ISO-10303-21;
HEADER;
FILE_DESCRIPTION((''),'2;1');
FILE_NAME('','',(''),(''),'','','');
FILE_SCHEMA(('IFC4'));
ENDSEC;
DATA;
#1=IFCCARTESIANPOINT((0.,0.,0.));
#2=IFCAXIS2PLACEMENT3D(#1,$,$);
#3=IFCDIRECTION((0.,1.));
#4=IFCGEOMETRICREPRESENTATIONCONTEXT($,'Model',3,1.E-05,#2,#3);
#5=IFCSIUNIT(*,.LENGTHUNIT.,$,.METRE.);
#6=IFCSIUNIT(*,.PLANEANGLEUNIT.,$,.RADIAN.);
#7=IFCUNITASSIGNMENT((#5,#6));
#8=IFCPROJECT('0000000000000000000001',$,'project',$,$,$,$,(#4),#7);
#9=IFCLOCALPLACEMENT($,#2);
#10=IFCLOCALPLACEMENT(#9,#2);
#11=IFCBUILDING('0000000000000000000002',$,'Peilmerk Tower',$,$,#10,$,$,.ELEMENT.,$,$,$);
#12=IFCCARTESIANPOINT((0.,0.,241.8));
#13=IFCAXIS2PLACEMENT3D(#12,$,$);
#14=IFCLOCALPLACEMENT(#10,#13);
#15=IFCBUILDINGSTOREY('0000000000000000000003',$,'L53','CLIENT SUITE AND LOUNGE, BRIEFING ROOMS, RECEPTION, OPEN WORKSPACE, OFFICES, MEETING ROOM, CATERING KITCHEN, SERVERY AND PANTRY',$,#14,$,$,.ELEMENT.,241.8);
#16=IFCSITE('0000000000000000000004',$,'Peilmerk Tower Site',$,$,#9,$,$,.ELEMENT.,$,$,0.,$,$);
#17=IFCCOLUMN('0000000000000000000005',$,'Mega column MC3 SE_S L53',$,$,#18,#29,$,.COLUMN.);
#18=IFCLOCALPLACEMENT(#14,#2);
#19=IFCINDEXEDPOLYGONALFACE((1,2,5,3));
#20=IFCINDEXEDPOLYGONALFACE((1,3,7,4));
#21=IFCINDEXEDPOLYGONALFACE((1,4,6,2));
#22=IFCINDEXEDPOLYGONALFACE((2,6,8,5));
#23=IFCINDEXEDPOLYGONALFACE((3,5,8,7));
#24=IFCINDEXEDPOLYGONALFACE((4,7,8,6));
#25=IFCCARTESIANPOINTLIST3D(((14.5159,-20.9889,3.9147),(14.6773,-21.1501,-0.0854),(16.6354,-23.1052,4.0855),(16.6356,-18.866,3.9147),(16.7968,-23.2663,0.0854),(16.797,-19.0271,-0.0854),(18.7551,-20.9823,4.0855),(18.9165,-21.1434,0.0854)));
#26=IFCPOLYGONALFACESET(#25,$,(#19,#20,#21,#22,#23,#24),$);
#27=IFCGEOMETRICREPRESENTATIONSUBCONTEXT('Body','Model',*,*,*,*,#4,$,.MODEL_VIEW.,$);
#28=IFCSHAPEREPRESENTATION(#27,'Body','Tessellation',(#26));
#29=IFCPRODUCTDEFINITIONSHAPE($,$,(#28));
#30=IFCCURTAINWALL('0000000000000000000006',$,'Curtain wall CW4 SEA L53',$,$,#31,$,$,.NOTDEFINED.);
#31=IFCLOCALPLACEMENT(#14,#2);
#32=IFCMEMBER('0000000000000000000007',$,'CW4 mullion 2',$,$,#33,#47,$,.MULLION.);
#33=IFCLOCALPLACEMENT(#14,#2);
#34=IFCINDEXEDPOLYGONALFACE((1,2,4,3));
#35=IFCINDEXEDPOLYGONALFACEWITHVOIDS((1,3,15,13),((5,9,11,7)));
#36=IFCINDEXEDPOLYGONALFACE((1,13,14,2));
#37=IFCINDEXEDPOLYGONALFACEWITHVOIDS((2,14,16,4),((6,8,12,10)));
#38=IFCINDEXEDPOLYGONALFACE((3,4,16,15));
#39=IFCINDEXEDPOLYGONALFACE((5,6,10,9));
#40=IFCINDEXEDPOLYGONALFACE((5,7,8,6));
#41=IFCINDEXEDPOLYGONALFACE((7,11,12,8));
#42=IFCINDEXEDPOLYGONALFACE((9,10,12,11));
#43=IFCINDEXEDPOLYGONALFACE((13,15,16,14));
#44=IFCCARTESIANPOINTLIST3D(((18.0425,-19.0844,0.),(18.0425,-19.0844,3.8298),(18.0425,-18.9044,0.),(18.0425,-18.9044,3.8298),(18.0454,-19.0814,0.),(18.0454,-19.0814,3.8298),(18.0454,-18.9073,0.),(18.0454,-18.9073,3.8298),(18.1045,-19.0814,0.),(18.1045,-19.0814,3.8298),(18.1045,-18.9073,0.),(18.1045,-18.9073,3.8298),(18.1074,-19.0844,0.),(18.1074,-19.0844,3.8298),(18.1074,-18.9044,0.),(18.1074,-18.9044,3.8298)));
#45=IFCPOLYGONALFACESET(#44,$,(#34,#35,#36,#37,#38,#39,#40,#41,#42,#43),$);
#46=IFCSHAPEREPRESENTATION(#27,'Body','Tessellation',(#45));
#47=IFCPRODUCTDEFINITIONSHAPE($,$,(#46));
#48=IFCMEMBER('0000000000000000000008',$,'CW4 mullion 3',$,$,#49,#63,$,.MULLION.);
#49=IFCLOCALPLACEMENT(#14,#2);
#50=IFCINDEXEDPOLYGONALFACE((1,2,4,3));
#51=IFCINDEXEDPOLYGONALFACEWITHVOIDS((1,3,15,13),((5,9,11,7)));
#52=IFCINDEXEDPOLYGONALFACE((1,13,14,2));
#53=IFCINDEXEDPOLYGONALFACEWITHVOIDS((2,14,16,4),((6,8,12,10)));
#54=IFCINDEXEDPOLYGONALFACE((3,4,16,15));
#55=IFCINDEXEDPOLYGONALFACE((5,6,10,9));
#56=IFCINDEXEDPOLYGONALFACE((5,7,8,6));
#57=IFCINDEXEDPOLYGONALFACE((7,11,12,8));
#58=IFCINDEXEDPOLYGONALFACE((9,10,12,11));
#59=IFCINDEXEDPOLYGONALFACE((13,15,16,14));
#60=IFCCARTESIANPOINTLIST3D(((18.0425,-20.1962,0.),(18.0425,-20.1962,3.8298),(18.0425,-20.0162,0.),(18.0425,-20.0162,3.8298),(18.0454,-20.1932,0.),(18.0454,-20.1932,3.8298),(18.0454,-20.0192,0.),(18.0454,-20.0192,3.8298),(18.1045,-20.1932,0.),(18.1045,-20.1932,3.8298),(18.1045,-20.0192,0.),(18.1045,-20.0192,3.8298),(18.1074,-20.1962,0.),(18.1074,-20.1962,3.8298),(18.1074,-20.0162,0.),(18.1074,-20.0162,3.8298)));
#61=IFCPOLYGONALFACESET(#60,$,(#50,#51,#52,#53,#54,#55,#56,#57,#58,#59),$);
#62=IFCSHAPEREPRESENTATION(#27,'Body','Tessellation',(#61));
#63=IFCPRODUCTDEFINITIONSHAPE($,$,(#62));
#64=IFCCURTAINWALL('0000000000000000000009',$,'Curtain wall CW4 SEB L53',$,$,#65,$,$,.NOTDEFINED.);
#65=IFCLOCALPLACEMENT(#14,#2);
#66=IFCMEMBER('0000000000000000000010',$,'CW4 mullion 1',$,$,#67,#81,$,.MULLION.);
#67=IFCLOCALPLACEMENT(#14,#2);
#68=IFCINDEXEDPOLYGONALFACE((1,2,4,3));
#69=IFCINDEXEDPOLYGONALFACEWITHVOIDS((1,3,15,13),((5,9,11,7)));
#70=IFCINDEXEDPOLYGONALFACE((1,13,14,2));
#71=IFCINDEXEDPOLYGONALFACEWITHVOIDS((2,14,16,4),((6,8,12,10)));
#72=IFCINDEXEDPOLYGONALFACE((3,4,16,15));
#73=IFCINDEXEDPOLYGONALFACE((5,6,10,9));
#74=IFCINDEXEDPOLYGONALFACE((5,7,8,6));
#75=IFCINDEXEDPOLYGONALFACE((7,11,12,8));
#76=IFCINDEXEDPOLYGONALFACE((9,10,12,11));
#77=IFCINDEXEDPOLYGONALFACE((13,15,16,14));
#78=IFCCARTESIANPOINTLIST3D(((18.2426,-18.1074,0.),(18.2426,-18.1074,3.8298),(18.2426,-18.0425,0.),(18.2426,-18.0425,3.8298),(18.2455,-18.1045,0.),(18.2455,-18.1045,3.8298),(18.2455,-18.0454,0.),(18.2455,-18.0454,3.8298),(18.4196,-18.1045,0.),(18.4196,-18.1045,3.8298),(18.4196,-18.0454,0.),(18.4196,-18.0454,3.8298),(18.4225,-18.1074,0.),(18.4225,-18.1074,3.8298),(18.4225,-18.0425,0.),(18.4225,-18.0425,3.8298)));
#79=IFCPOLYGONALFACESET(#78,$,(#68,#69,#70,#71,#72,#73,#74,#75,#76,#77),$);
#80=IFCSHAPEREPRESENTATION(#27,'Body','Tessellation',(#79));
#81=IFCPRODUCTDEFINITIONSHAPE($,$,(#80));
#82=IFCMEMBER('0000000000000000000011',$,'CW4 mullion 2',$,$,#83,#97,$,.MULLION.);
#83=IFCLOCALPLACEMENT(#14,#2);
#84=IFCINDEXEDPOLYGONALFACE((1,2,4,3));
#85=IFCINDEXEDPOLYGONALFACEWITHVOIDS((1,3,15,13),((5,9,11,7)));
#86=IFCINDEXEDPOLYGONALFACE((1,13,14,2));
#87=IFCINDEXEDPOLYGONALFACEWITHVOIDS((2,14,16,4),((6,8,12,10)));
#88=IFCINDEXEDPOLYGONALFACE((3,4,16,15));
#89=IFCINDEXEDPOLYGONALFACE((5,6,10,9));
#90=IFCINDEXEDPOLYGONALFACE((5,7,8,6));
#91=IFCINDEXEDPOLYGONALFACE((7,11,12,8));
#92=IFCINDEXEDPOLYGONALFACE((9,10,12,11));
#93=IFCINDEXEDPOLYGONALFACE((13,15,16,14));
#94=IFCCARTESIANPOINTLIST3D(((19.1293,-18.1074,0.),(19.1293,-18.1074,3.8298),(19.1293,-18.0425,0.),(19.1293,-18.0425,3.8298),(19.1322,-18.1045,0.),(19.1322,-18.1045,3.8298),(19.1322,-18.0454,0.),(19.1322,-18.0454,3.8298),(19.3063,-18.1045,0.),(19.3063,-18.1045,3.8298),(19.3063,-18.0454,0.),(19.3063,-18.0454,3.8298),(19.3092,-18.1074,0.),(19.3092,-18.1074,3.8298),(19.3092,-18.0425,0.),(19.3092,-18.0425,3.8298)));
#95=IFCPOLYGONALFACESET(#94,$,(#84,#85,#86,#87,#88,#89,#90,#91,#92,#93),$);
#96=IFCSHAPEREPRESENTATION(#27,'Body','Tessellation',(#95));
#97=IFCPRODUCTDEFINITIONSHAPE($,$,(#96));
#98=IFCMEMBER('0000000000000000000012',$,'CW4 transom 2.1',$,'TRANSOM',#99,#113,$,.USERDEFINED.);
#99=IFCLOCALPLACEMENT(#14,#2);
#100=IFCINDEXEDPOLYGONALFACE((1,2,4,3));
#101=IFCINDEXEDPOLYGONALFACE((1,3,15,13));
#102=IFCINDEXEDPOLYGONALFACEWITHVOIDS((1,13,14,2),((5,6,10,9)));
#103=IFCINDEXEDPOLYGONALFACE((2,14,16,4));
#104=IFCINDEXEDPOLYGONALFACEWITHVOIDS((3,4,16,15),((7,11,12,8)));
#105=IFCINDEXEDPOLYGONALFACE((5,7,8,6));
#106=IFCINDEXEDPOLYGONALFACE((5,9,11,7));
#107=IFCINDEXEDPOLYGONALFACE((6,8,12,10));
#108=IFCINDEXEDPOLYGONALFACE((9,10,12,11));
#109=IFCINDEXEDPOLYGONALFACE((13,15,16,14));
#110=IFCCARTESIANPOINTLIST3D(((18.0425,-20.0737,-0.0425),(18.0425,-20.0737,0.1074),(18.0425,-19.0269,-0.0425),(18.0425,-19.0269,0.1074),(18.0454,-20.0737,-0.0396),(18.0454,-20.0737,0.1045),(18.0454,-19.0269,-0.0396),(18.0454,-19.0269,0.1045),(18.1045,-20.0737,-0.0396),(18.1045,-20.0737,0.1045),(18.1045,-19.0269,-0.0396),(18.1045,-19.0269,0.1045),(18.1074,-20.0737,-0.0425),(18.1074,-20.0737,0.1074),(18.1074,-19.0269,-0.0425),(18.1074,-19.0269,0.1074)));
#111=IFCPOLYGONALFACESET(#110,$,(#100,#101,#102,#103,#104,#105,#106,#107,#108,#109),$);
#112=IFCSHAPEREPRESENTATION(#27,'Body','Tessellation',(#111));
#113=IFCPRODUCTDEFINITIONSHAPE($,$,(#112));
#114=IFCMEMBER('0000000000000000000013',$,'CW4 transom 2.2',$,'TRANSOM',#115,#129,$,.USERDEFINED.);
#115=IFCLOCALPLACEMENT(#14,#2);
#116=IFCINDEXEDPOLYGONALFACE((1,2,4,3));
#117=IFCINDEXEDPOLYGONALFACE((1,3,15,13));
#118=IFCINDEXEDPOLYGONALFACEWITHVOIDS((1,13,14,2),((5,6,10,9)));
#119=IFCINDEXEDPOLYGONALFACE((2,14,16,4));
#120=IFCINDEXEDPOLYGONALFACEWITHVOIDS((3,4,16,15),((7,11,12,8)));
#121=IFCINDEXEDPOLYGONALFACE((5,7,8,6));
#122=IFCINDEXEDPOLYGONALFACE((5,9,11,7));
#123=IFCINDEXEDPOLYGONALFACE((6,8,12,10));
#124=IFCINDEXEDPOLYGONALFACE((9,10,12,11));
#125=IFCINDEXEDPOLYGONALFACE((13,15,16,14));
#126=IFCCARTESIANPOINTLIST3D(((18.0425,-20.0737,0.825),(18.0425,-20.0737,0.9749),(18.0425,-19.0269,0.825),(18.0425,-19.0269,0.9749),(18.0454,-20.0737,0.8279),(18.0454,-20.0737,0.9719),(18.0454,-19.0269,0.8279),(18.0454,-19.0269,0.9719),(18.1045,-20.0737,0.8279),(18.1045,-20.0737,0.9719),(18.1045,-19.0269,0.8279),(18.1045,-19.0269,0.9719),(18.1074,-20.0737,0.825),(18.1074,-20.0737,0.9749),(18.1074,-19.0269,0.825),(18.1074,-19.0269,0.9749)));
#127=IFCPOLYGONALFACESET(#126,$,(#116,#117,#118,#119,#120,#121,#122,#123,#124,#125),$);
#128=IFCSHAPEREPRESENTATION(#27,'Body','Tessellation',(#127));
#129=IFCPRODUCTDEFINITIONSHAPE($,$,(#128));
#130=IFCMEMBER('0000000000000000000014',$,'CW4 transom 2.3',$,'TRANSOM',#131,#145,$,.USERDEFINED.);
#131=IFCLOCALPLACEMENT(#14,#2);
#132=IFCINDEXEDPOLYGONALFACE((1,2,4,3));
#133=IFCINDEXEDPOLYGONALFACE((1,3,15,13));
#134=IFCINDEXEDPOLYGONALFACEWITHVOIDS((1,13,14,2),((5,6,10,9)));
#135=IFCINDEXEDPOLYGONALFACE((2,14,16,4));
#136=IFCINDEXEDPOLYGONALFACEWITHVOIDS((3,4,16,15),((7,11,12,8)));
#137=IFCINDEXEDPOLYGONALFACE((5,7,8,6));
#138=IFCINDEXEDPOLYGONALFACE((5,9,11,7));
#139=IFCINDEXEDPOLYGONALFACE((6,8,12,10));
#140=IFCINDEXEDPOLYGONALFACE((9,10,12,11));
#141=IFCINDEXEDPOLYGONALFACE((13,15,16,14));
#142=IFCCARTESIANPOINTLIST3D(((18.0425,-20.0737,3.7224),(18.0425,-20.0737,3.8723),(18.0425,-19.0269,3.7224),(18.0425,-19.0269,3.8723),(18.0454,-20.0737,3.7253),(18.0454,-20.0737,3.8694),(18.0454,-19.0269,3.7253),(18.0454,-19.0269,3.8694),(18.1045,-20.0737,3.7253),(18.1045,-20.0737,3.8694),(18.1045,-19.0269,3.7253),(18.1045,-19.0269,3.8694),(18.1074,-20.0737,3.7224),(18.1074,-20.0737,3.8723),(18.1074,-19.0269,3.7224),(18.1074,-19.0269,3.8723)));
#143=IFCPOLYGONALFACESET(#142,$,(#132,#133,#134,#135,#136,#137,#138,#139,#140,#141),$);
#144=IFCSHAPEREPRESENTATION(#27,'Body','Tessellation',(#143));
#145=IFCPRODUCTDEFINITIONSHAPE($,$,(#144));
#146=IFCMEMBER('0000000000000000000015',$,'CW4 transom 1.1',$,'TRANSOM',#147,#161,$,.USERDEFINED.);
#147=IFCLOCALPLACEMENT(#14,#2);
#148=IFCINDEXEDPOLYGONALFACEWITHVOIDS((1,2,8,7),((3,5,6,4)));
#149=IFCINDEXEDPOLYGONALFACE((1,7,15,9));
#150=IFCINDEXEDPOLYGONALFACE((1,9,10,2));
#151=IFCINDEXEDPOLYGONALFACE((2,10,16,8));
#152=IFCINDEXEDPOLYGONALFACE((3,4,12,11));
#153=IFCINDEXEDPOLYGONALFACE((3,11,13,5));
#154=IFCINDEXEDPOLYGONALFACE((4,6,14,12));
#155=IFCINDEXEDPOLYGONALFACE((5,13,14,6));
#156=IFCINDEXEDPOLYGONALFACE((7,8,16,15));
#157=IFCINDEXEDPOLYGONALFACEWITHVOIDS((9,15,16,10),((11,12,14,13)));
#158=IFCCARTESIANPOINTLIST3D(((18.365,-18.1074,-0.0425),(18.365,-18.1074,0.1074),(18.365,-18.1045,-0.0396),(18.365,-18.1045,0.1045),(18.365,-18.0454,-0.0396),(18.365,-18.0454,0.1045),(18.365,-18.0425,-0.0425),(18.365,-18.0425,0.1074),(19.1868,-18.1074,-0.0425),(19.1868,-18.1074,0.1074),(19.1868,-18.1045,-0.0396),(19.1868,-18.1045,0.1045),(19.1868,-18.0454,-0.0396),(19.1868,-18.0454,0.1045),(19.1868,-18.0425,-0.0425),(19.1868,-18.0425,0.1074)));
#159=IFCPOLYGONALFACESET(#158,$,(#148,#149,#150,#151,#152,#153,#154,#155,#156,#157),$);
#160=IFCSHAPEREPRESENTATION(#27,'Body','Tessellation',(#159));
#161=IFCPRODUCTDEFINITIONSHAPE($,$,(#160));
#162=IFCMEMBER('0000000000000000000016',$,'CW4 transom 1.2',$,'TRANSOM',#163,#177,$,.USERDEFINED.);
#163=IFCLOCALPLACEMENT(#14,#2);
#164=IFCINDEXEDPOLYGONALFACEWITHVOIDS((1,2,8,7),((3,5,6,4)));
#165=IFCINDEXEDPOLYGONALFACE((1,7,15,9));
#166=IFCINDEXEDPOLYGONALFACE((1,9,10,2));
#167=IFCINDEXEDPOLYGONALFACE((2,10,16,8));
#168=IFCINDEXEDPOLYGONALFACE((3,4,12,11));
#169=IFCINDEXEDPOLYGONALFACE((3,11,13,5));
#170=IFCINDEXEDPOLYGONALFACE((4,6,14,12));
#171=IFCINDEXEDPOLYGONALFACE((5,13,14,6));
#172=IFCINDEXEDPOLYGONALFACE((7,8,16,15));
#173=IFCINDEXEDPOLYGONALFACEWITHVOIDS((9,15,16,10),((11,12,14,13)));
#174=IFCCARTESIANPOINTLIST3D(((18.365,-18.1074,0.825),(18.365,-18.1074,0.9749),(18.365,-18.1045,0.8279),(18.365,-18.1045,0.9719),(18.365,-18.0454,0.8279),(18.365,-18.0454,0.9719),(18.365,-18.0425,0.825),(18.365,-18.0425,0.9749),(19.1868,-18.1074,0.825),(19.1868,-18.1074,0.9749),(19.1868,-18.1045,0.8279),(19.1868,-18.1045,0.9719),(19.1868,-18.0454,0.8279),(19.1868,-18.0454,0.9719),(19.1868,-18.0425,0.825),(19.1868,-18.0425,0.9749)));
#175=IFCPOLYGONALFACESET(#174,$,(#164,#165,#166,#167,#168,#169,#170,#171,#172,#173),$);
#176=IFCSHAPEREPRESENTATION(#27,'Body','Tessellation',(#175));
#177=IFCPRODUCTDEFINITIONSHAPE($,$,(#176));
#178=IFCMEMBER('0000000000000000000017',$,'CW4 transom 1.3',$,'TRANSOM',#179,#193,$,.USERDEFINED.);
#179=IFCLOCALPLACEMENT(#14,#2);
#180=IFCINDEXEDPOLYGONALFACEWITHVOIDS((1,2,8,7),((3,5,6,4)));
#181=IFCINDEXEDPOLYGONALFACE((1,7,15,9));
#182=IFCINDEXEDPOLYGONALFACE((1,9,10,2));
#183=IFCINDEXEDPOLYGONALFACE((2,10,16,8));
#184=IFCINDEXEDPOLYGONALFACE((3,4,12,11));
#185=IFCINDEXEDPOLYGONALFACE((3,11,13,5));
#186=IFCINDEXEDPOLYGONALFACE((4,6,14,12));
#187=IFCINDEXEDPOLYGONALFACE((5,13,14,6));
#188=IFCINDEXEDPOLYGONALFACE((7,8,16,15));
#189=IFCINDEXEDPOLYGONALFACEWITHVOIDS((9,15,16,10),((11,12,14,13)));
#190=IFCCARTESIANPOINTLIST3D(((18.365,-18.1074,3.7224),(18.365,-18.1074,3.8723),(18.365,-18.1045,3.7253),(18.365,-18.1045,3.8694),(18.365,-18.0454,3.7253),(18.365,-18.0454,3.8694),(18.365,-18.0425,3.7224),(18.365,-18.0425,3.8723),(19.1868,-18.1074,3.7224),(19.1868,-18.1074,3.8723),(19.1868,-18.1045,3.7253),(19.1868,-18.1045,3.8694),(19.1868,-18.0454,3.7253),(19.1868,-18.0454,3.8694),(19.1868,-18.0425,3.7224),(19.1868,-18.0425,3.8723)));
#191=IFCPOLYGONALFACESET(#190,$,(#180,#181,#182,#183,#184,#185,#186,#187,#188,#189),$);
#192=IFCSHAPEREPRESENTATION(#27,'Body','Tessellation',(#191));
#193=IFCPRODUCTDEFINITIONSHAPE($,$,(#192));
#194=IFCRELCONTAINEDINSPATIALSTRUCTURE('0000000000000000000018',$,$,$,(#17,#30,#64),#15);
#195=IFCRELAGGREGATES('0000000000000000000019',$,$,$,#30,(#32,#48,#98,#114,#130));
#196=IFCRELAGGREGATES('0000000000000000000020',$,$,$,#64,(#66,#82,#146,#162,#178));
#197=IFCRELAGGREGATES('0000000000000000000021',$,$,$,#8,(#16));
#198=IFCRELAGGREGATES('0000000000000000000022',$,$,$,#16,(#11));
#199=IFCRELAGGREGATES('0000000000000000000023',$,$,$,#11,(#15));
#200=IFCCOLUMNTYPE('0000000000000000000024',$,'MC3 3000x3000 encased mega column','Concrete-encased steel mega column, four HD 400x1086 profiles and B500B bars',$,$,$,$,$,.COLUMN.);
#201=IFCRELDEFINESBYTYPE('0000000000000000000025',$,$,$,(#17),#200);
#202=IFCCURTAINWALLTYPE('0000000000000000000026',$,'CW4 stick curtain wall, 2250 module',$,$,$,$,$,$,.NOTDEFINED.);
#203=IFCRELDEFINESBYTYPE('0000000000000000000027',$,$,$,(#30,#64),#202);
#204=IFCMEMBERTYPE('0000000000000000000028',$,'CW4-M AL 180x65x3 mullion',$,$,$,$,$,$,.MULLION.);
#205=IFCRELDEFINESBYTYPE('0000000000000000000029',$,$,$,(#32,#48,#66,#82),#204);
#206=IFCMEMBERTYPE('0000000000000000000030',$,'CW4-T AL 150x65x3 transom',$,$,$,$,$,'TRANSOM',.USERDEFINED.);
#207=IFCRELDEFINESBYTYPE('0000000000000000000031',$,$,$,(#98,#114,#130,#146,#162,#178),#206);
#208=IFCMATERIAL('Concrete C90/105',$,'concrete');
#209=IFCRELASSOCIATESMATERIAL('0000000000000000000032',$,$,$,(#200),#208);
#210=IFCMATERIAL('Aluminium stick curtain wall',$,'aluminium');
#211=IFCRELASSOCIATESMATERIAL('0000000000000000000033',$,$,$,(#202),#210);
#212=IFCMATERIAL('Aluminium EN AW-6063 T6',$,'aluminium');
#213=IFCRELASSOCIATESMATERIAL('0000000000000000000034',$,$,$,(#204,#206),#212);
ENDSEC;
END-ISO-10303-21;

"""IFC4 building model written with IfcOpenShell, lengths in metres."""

from ifc_helpers import new_model, si_unit, direction, frame, origin, origin_2d, place, context, subcontext, project, spatial, rectangle, hollow_rectangle, extrude, material, material_profile, profile_set, type_object, element, aggregate, save


model = new_model("IFC4")

# Units and contexts
model_context = context("Model", 3, precision=1e-05, world=origin(), true_north=direction((0.0, 1.0)))
body_context = subcontext(model_context, "Body", "Model", "MODEL_VIEW")
ifc_project = project(units=[si_unit("LENGTHUNIT", "METRE"), si_unit("PLANEANGLEUNIT", "RADIAN")], contexts=[model_context])

# Site, building, storey
site_placement = place(None, origin())
site = spatial("IfcSite", under=ifc_project, at=site_placement, Name="Peilmerk Tower Site", CompositionType="ELEMENT", RefElevation=0.0)
building_placement = place(site_placement, origin())
building = spatial("IfcBuilding", under=site, at=building_placement, Name="Peilmerk Tower", CompositionType="ELEMENT")
storey_placement = place(building_placement, frame((0.0, 0.0, 241.8)))
storey = spatial("IfcBuildingStorey", under=building, at=storey_placement, Name="L53", Description="CLIENT SUITE AND LOUNGE, BRIEFING ROOMS, RECEPTION, OPEN WORKSPACE, OFFICES, MEETING ROOM, CATERING KITCHEN, SERVERY AND PANTRY", CompositionType="ELEMENT", Elevation=241.8)

# Column
ifc_material_1 = material(Name="Concrete C90/105", Category="concrete")
ifc_material_profile_1 = material_profile(ifc_material_1, rectangle(XDim=3.0, YDim=3.0, at=origin_2d()), Name="RC 3000x3000")
ifc_profile_set_1 = profile_set([ifc_material_profile_1], Name="Concrete C90/105")
column_type = type_object("IfcColumnType", Name="MC3 3000x3000 encased mega column", Description="Concrete-encased steel mega column, four HD 400x1086 profiles and B500B bars", PredefinedType="COLUMN", material=ifc_profile_set_1)
column_placement = place(storey_placement, frame((16.7969, -21.1467, 0.0), z_axis=(-0.040279, 0.040218, 0.998379), x_axis=(-0.706571, -0.707642, 0.0)))
element("IfcColumn", 1, at=column_placement, inside=storey, type_object=column_type, Name="Mega column MC3 SE_S L53", PredefinedType="COLUMN", context=body_context, shape_type="SweptSolid", body=[
    extrude(rectangle(XDim=3.0, YDim=3.0, at=origin_2d()), origin(), (0.0, 0.0, 1.0), 4.0066),
])

# Curtain walls, members
ifc_material_2 = material(Name="Aluminium stick curtain wall", Category="aluminium")
curtain_wall_type = type_object("IfcCurtainWallType", Name="CW4 stick curtain wall, 2250 module", PredefinedType="NOTDEFINED", material=ifc_material_2)
curtain_wall_1_placement = place(storey_placement, origin())
curtain_wall_1 = element("IfcCurtainWall", 2, at=curtain_wall_1_placement, inside=storey, type_object=curtain_wall_type, Name="Curtain wall CW4 SEA L53", PredefinedType="NOTDEFINED")
ifc_material_3 = material(Name="Aluminium EN AW-6063 T6", Category="aluminium")
ifc_material_profile_2 = material_profile(ifc_material_3, hollow_rectangle(XDim=0.0649, YDim=0.1799, WallThickness=0.0029, at=origin_2d()), Name="AL 180x65x3")
ifc_profile_set_2 = profile_set([ifc_material_profile_2], Name="Aluminium EN AW-6063 T6")
member_type_1 = type_object("IfcMemberType", Name="CW4-M AL 180x65x3 mullion", PredefinedType="MULLION", material=ifc_profile_set_2)
member_1_placement = place(storey_placement, frame((18.075, -18.9944, 0.0), z_axis=(0.0, 0.0, 1.0), x_axis=(1.0, 0.0, 0.0)))
member_1 = element("IfcMember", 3, at=member_1_placement, type_object=member_type_1, Name="CW4 mullion 2", PredefinedType="MULLION", context=body_context, shape_type="SweptSolid", body=[
    extrude(hollow_rectangle(XDim=0.0649, YDim=0.1799, WallThickness=0.0029, at=origin_2d()), origin(), (0.0, 0.0, 1.0), 3.8298),
])
member_2_placement = place(storey_placement, frame((18.075, -20.1062, 0.0), z_axis=(0.0, 0.0, 1.0), x_axis=(1.0, 0.0, 0.0)))
member_2 = element("IfcMember", 4, at=member_2_placement, type_object=member_type_1, Name="CW4 mullion 3", PredefinedType="MULLION", context=body_context, shape_type="SweptSolid", body=[
    extrude(hollow_rectangle(XDim=0.0649, YDim=0.1799, WallThickness=0.0029, at=origin_2d()), origin(), (0.0, 0.0, 1.0), 3.8298),
])
curtain_wall_2_placement = place(storey_placement, origin())
curtain_wall_2 = element("IfcCurtainWall", 5, at=curtain_wall_2_placement, inside=storey, type_object=curtain_wall_type, Name="Curtain wall CW4 SEB L53", PredefinedType="NOTDEFINED")
member_3_placement = place(storey_placement, frame((18.3325, -18.075, 0.0), z_axis=(0.0, 0.0, 1.0), x_axis=(0.0, 1.0, 0.0)))
member_3 = element("IfcMember", 6, at=member_3_placement, type_object=member_type_1, Name="CW4 mullion 1", PredefinedType="MULLION", context=body_context, shape_type="SweptSolid", body=[
    extrude(hollow_rectangle(XDim=0.0649, YDim=0.1799, WallThickness=0.0029, at=origin_2d()), origin(), (0.0, 0.0, 1.0), 3.8298),
])
member_4_placement = place(storey_placement, frame((19.2192, -18.075, 0.0), z_axis=(0.0, 0.0, 1.0), x_axis=(0.0, 1.0, 0.0)))
member_4 = element("IfcMember", 7, at=member_4_placement, type_object=member_type_1, Name="CW4 mullion 2", PredefinedType="MULLION", context=body_context, shape_type="SweptSolid", body=[
    extrude(hollow_rectangle(XDim=0.0649, YDim=0.1799, WallThickness=0.0029, at=origin_2d()), origin(), (0.0, 0.0, 1.0), 3.8298),
])

# Members
ifc_material_profile_3 = material_profile(ifc_material_3, hollow_rectangle(XDim=0.0649, YDim=0.1499, WallThickness=0.0029, at=origin_2d()), Name="AL 150x65x3")
ifc_profile_set_3 = profile_set([ifc_material_profile_3], Name="Aluminium EN AW-6063 T6")
member_type_2 = type_object("IfcMemberType", Name="CW4-T AL 150x65x3 transom", ElementType="TRANSOM", PredefinedType="USERDEFINED", material=ifc_profile_set_3)
member_5_placement = place(storey_placement, frame((18.075, -19.0269, 0.0325), z_axis=(0.0, -1.0, 0.0), x_axis=(1.0, 0.0, 0.0)))
member_5 = element("IfcMember", 8, at=member_5_placement, type_object=member_type_2, Name="CW4 transom 2.1", ObjectType="TRANSOM", PredefinedType="USERDEFINED", context=body_context, shape_type="SweptSolid", body=[
    extrude(hollow_rectangle(XDim=0.0649, YDim=0.1499, WallThickness=0.0029, at=origin_2d()), origin(), (0.0, 0.0, 1.0), 1.0469),
])
member_6_placement = place(storey_placement, frame((18.075, -19.0269, 0.8999), z_axis=(0.0, -1.0, 0.0), x_axis=(1.0, 0.0, 0.0)))
member_6 = element("IfcMember", 9, at=member_6_placement, type_object=member_type_2, Name="CW4 transom 2.2", ObjectType="TRANSOM", PredefinedType="USERDEFINED", context=body_context, shape_type="SweptSolid", body=[
    extrude(hollow_rectangle(XDim=0.0649, YDim=0.1499, WallThickness=0.0029, at=origin_2d()), origin(), (0.0, 0.0, 1.0), 1.0469),
])
member_7_placement = place(storey_placement, frame((18.075, -19.0269, 3.7974), z_axis=(0.0, -1.0, 0.0), x_axis=(1.0, 0.0, 0.0)))
member_7 = element("IfcMember", 10, at=member_7_placement, type_object=member_type_2, Name="CW4 transom 2.3", ObjectType="TRANSOM", PredefinedType="USERDEFINED", context=body_context, shape_type="SweptSolid", body=[
    extrude(hollow_rectangle(XDim=0.0649, YDim=0.1499, WallThickness=0.0029, at=origin_2d()), origin(), (0.0, 0.0, 1.0), 1.0469),
])
member_8_placement = place(storey_placement, frame((18.365, -18.075, 0.0325), z_axis=(1.0, 0.0, 0.0), x_axis=(0.0, 1.0, 0.0)))
member_8 = element("IfcMember", 11, at=member_8_placement, type_object=member_type_2, Name="CW4 transom 1.1", ObjectType="TRANSOM", PredefinedType="USERDEFINED", context=body_context, shape_type="SweptSolid", body=[
    extrude(hollow_rectangle(XDim=0.0649, YDim=0.1499, WallThickness=0.0029, at=origin_2d()), origin(), (0.0, 0.0, 1.0), 0.8218),
])
member_9_placement = place(storey_placement, frame((18.365, -18.075, 0.8999), z_axis=(1.0, 0.0, 0.0), x_axis=(0.0, 1.0, 0.0)))
member_9 = element("IfcMember", 12, at=member_9_placement, type_object=member_type_2, Name="CW4 transom 1.2", ObjectType="TRANSOM", PredefinedType="USERDEFINED", context=body_context, shape_type="SweptSolid", body=[
    extrude(hollow_rectangle(XDim=0.0649, YDim=0.1499, WallThickness=0.0029, at=origin_2d()), origin(), (0.0, 0.0, 1.0), 0.8218),
])
member_10_placement = place(storey_placement, frame((18.365, -18.075, 3.7974), z_axis=(1.0, 0.0, 0.0), x_axis=(0.0, 1.0, 0.0)))
member_10 = element("IfcMember", 13, at=member_10_placement, type_object=member_type_2, Name="CW4 transom 1.3", ObjectType="TRANSOM", PredefinedType="USERDEFINED", context=body_context, shape_type="SweptSolid", body=[
    extrude(hollow_rectangle(XDim=0.0649, YDim=0.1499, WallThickness=0.0029, at=origin_2d()), origin(), (0.0, 0.0, 1.0), 0.8218),
])

aggregate(curtain_wall_1, [member_1, member_2, member_5, member_6, member_7])
aggregate(curtain_wall_2, [member_3, member_4, member_8, member_9, member_10])

save(model, "model.ifc")
